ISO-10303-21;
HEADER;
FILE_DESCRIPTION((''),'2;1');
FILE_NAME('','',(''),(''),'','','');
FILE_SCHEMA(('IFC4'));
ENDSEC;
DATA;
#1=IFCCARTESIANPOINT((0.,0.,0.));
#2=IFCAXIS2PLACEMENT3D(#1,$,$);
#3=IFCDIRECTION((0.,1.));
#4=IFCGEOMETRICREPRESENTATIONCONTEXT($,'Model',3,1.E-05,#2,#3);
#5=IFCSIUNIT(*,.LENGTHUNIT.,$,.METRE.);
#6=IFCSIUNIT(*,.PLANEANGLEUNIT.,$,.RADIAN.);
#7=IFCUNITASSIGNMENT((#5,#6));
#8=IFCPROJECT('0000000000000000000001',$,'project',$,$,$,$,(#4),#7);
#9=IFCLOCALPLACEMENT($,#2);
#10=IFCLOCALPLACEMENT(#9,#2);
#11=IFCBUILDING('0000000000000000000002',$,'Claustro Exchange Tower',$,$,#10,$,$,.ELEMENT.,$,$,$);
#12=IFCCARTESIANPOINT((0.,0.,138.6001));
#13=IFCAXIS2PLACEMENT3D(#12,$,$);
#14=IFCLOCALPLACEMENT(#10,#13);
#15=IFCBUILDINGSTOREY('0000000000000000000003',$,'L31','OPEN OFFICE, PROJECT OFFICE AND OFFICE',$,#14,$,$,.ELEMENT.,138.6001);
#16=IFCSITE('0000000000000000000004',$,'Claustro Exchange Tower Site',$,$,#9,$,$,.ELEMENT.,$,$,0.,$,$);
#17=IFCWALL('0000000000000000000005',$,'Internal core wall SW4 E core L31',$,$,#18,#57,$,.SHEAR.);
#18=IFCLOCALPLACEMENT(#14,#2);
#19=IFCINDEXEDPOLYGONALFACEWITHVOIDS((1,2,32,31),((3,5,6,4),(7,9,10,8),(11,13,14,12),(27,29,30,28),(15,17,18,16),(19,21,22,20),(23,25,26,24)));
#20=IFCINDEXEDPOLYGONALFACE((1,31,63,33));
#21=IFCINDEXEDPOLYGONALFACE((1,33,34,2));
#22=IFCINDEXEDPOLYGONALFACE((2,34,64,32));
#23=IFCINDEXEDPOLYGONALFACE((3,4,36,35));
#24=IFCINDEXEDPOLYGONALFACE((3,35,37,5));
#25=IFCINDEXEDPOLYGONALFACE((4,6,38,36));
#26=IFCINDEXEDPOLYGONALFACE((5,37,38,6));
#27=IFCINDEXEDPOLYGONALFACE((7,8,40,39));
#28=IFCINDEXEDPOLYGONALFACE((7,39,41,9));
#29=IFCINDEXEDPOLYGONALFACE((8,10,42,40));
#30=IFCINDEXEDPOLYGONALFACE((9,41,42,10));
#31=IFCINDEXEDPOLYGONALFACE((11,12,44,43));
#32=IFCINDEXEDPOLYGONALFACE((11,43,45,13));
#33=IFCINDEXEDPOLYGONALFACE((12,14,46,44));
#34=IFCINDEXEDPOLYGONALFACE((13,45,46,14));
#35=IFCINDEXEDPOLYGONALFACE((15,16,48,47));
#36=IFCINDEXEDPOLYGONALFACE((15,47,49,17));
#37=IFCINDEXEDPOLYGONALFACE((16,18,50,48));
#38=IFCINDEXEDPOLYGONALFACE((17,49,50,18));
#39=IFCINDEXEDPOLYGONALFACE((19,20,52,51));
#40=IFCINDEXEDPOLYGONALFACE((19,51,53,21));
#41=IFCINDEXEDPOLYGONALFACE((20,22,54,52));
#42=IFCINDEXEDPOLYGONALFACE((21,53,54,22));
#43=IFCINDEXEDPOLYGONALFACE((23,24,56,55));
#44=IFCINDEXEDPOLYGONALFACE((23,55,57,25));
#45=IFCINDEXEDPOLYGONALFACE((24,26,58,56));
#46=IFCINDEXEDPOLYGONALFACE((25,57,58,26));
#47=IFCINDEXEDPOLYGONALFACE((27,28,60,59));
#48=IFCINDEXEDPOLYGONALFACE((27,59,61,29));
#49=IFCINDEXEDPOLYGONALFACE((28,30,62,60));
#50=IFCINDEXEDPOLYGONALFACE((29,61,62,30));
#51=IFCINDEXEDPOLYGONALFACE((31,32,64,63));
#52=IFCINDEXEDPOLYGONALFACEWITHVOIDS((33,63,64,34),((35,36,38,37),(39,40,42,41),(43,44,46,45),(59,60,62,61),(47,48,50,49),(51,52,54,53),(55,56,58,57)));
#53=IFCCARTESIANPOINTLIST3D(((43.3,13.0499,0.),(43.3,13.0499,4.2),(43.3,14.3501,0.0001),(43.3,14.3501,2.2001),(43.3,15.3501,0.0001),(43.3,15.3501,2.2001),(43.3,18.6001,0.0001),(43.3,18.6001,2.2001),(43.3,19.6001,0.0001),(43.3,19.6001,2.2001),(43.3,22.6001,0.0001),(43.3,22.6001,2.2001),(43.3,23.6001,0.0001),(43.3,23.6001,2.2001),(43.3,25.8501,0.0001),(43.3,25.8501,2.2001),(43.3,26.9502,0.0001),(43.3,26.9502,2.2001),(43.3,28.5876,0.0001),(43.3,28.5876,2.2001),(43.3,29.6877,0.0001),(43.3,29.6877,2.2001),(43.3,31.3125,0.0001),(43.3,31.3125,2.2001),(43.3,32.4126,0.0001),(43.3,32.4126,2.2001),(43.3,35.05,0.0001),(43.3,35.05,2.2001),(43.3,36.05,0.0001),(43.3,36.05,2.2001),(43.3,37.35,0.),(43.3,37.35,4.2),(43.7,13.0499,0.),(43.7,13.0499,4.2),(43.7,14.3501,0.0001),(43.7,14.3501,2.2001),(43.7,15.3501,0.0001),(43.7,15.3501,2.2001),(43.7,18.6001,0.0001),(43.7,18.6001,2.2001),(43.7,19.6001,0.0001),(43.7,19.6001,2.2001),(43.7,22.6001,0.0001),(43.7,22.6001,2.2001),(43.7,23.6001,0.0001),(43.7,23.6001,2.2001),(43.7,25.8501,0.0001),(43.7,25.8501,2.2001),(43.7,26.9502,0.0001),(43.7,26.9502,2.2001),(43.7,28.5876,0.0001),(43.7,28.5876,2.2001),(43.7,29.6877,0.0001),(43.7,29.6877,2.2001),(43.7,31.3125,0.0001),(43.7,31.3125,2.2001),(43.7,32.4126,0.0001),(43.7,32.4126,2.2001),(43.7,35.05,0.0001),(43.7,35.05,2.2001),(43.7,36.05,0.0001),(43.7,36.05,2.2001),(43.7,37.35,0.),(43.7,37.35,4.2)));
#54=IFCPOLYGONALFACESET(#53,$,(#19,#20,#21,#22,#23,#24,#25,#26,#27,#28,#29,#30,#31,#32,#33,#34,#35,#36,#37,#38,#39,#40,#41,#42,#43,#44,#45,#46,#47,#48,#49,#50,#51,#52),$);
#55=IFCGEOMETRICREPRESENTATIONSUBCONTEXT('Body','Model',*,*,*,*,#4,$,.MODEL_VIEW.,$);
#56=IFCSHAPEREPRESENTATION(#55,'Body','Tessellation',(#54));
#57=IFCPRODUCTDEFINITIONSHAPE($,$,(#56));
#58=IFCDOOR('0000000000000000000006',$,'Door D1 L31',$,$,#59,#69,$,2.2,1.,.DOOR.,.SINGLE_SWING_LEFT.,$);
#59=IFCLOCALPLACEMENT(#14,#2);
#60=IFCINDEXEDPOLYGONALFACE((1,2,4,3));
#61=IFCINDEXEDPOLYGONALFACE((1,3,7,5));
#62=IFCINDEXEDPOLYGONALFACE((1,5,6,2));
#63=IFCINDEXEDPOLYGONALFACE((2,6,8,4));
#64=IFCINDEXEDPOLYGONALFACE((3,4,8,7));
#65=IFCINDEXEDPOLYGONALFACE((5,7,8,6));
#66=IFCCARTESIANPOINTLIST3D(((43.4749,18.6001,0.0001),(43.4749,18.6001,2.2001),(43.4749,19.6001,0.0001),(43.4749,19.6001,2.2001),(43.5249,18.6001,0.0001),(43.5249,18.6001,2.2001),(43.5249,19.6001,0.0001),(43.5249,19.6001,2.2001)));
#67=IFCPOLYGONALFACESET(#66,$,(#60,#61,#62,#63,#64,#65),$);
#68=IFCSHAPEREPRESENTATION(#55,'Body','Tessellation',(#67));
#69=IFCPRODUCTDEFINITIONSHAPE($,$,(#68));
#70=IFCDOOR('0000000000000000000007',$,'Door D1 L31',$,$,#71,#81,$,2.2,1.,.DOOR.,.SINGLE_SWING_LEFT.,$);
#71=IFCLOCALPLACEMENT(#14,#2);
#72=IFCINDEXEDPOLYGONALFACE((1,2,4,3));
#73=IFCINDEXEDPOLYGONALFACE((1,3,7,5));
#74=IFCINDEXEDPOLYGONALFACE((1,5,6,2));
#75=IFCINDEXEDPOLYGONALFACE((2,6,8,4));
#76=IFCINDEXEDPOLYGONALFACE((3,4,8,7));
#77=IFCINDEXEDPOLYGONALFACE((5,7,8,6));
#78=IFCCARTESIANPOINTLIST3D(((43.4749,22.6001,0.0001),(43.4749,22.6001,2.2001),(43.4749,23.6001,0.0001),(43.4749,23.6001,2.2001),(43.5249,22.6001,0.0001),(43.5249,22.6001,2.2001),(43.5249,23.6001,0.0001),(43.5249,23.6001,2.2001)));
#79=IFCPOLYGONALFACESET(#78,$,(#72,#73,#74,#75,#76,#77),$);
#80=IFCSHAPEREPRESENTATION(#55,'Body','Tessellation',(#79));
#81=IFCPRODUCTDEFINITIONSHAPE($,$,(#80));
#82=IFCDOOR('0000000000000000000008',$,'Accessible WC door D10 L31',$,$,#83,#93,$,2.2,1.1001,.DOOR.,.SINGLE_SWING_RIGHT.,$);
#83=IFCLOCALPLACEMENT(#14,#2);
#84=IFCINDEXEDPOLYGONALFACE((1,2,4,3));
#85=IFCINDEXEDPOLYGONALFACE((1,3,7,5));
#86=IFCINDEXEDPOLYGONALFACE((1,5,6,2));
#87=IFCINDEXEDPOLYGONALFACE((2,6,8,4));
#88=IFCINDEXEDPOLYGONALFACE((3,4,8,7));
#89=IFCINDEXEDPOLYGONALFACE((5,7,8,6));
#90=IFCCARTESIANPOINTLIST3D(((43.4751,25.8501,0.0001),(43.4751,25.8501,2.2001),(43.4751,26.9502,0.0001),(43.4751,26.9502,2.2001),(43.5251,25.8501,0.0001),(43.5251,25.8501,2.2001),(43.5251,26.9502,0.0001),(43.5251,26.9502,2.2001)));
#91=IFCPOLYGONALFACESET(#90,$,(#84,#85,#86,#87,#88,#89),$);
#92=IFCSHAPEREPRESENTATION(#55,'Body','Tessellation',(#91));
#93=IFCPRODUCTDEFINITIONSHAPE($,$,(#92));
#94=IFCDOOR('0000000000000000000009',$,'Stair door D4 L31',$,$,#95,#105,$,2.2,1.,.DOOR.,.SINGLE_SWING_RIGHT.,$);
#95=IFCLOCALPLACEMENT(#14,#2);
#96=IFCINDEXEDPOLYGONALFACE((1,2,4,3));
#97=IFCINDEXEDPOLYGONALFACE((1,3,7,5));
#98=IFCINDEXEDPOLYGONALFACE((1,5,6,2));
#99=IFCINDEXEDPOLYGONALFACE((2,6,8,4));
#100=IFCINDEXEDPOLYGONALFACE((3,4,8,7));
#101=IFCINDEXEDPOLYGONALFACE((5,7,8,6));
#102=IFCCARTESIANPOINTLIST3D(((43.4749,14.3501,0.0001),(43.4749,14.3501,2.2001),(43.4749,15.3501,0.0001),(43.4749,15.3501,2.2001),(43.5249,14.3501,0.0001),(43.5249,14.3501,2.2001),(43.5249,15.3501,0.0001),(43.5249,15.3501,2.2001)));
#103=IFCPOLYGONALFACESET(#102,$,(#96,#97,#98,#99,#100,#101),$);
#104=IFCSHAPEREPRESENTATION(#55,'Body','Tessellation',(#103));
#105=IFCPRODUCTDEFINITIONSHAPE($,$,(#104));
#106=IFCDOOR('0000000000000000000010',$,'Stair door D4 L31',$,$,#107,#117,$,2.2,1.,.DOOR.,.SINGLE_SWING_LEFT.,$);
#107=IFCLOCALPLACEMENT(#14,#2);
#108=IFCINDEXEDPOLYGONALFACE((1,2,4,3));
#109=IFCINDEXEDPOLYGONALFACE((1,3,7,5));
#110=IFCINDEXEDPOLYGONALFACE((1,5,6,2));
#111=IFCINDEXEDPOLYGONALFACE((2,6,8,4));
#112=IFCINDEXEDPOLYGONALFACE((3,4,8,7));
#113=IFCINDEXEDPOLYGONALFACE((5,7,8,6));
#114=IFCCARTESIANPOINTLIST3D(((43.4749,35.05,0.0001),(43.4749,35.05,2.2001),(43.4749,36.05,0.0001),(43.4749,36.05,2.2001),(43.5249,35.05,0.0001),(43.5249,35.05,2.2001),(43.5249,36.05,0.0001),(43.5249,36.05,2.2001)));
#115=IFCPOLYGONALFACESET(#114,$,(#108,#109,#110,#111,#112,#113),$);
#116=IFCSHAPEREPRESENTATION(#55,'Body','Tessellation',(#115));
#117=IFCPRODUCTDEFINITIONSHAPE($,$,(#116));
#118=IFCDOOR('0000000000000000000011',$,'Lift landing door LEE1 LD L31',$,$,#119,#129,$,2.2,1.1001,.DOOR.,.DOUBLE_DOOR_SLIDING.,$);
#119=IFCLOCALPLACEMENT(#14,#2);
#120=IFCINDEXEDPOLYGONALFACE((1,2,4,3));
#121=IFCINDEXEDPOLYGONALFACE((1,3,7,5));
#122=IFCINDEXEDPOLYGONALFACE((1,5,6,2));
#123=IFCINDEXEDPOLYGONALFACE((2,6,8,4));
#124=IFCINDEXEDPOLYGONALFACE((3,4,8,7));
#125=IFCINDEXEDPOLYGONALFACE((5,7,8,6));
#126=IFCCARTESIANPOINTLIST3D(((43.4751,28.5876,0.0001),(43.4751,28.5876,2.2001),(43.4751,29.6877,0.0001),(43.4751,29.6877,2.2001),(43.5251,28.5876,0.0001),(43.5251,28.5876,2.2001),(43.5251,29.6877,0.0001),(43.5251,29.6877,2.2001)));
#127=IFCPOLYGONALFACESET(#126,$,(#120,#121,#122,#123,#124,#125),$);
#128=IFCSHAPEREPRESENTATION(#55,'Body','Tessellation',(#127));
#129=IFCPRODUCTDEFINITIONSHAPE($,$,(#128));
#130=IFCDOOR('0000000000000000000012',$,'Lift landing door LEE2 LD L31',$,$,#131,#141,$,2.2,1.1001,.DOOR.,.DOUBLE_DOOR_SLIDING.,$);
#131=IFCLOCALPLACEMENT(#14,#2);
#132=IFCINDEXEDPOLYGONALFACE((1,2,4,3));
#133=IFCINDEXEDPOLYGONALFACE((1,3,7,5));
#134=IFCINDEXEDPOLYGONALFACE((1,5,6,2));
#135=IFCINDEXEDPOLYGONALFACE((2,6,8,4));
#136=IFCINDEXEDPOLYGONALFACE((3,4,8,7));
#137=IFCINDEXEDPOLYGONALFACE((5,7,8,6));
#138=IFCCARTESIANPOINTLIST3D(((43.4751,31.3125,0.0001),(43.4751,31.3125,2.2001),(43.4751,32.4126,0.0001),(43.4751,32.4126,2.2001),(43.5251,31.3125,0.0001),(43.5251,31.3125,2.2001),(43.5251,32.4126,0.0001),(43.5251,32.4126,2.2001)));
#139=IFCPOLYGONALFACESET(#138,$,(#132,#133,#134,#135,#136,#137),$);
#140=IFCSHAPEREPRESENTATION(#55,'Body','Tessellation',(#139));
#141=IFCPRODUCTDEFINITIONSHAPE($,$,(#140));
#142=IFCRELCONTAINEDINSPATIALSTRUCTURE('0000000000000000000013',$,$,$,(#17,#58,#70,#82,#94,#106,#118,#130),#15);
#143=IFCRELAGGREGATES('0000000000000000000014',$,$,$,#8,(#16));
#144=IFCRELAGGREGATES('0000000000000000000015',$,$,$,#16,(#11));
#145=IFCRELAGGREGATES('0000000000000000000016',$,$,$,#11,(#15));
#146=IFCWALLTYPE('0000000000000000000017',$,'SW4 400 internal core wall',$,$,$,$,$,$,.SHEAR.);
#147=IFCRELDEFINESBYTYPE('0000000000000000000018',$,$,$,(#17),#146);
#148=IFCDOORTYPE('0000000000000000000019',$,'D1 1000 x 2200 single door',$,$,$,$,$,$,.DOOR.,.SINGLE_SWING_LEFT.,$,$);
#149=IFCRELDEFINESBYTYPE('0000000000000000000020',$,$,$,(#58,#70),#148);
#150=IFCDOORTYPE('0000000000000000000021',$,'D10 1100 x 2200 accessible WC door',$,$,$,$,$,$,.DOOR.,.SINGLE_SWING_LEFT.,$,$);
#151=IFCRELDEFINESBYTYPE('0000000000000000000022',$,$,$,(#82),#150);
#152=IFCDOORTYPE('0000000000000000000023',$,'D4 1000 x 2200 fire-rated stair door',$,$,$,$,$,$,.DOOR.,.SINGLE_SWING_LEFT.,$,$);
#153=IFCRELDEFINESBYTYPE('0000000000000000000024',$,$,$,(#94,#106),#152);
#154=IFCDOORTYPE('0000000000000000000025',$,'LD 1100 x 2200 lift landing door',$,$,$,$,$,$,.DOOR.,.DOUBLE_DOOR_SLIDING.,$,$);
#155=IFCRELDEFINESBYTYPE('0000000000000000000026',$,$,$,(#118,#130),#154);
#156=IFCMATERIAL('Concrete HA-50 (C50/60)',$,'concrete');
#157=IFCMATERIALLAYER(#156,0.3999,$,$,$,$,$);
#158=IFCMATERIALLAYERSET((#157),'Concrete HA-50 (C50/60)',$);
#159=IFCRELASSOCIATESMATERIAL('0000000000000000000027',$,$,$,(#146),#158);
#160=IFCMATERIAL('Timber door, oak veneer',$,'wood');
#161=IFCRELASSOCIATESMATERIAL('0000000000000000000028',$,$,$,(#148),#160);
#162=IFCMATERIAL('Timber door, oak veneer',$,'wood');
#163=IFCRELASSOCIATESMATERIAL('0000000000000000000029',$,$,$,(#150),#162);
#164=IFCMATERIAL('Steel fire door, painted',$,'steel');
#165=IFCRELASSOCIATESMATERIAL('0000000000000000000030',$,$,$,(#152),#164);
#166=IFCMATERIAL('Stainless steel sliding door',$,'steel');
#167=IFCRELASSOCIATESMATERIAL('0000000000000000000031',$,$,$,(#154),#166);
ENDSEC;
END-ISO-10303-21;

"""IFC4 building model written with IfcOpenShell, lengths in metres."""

from ifc_helpers import new_model, si_unit, direction, frame, frame_2d, origin, place, context, subcontext, project, spatial, rectangle, extrude, material, layer, layer_set, type_object, element, fill, save


model = new_model("IFC4")

# Units and contexts
model_context = context("Model", 3, precision=1e-05, world=origin(), true_north=direction((0.0, 1.0)))
body_context = subcontext(model_context, "Body", "Model", "MODEL_VIEW")
ifc_project = project(units=[si_unit("LENGTHUNIT", "METRE"), si_unit("PLANEANGLEUNIT", "RADIAN")], contexts=[model_context])

# Site, building, storey
site_placement = place(None, origin())
site = spatial("IfcSite", under=ifc_project, at=site_placement, Name="Claustro Exchange Tower Site", CompositionType="ELEMENT", RefElevation=0.0)
building_placement = place(site_placement, origin())
building = spatial("IfcBuilding", under=site, at=building_placement, Name="Claustro Exchange Tower", CompositionType="ELEMENT")
storey_placement = place(building_placement, frame((0.0, 0.0, 138.6001)))
storey = spatial("IfcBuildingStorey", under=building, at=storey_placement, Name="L31", Description="OPEN OFFICE, PROJECT OFFICE AND OFFICE", CompositionType="ELEMENT", Elevation=138.6001)

# Wall, openings, doors
ifc_material_1 = material(Name="Concrete HA-50 (C50/60)", Category="concrete")
ifc_layer_1 = layer(ifc_material_1, 0.3999)
ifc_layer_set_1 = layer_set([ifc_layer_1], Name="Concrete HA-50 (C50/60)")
wall_type_1 = type_object("IfcWallType", Name="SW4 400 internal core wall", PredefinedType="SHEAR", material=ifc_layer_set_1)
wall_1_placement = place(storey_placement, frame((43.5, 13.05, 0.0), z_axis=(0.0, 0.0, 1.0), x_axis=(0.0, 1.0, 0.0)))
wall_1 = element("IfcWall", 1, at=wall_1_placement, inside=storey, type_object=wall_type_1, Name="Internal core wall SW4 E core L31", PredefinedType="SHEAR", context=body_context, shape_type="SweptSolid", body=[
    extrude(rectangle(XDim=24.3, YDim=0.3999, at=frame_2d((12.1499, 0.0))), origin(), (0.0, 0.0, 1.0), 4.2),
])
opening_1_placement = place(wall_1_placement, frame((1.3, 0.0, 0.0)))
opening_1 = element("IfcOpeningElement", 2, at=opening_1_placement, cuts=wall_1, PredefinedType="OPENING", context=body_context, shape_type="SweptSolid", body=[
    extrude(rectangle(XDim=1.0, YDim=2.2, at=frame_2d((0.5, 1.1001))), frame((0.0, 0.21, 0.0), z_axis=(0.0, -1.0, 0.0), x_axis=(1.0, 0.0, 0.0)), (0.0, 0.0, 1.0), 0.4199),
])
opening_2_placement = place(wall_1_placement, frame((22.0, 0.0, 0.0)))
opening_2 = element("IfcOpeningElement", 3, at=opening_2_placement, cuts=wall_1, PredefinedType="OPENING", context=body_context, shape_type="SweptSolid", body=[
    extrude(rectangle(XDim=1.0, YDim=2.2, at=frame_2d((0.5, 1.1001))), frame((0.0, 0.21, 0.0), z_axis=(0.0, -1.0, 0.0), x_axis=(1.0, 0.0, 0.0)), (0.0, 0.0, 1.0), 0.4199),
])
opening_3_placement = place(wall_1_placement, frame((5.55, 0.0, 0.0)))
opening_3 = element("IfcOpeningElement", 4, at=opening_3_placement, cuts=wall_1, PredefinedType="OPENING", context=body_context, shape_type="SweptSolid", body=[
    extrude(rectangle(XDim=1.0, YDim=2.2, at=frame_2d((0.5, 1.1001))), frame((0.0, 0.21, 0.0), z_axis=(0.0, -1.0, 0.0), x_axis=(1.0, 0.0, 0.0)), (0.0, 0.0, 1.0), 0.4199),
])
opening_4_placement = place(wall_1_placement, frame((9.55, 0.0, 0.0)))
opening_4 = element("IfcOpeningElement", 5, at=opening_4_placement, cuts=wall_1, PredefinedType="OPENING", context=body_context, shape_type="SweptSolid", body=[
    extrude(rectangle(XDim=1.0, YDim=2.2, at=frame_2d((0.5, 1.1001))), frame((0.0, 0.21, 0.0), z_axis=(0.0, -1.0, 0.0), x_axis=(1.0, 0.0, 0.0)), (0.0, 0.0, 1.0), 0.4199),
])
opening_5_placement = place(wall_1_placement, frame((12.8, 0.0, 0.0)))
opening_5 = element("IfcOpeningElement", 6, at=opening_5_placement, cuts=wall_1, PredefinedType="OPENING", context=body_context, shape_type="SweptSolid", body=[
    extrude(rectangle(XDim=1.1001, YDim=2.2, at=frame_2d((0.55, 1.1001))), frame((0.0, 0.21, 0.0), z_axis=(0.0, -1.0, 0.0), x_axis=(1.0, 0.0, 0.0)), (0.0, 0.0, 1.0), 0.4199),
])
opening_6_placement = place(wall_1_placement, frame((15.5376, 0.0, 0.0)))
opening_6 = element("IfcOpeningElement", 7, at=opening_6_placement, cuts=wall_1, PredefinedType="OPENING", context=body_context, shape_type="SweptSolid", body=[
    extrude(rectangle(XDim=1.1001, YDim=2.2, at=frame_2d((0.55, 1.1001))), frame((0.0, 0.21, 0.0), z_axis=(0.0, -1.0, 0.0), x_axis=(1.0, 0.0, 0.0)), (0.0, 0.0, 1.0), 0.4199),
])
opening_7_placement = place(wall_1_placement, frame((18.2625, 0.0, 0.0)))
opening_7 = element("IfcOpeningElement", 8, at=opening_7_placement, cuts=wall_1, PredefinedType="OPENING", context=body_context, shape_type="SweptSolid", body=[
    extrude(rectangle(XDim=1.1001, YDim=2.2, at=frame_2d((0.55, 1.1001))), frame((0.0, 0.21, 0.0), z_axis=(0.0, -1.0, 0.0), x_axis=(1.0, 0.0, 0.0)), (0.0, 0.0, 1.0), 0.4199),
])
ifc_material_2 = material(Name="Timber door, oak veneer", Category="wood")
door_type_1 = type_object("IfcDoorType", Name="D1 1000 x 2200 single door", OperationType="SINGLE_SWING_LEFT", PredefinedType="DOOR", material=ifc_material_2)
door_1_placement = place(opening_3_placement, frame((1.0, 0.0, 0.0), z_axis=(0.0, 0.0, 1.0), x_axis=(-1.0, 0.0, 0.0)))
door_1 = element("IfcDoor", 9, at=door_1_placement, inside=storey, type_object=door_type_1, Name="Door D1 L31", OperationType="SINGLE_SWING_LEFT", OverallHeight=2.2, OverallWidth=1.0, PredefinedType="DOOR", context=body_context, shape_type="SweptSolid", body=[
    extrude(rectangle(XDim=1.0, YDim=2.2, at=frame_2d((0.5, 1.1001))), frame((0.0, 0.0249, 0.0), z_axis=(0.0, -1.0, 0.0), x_axis=(1.0, 0.0, 0.0)), (0.0, 0.0, 1.0), 0.05),
])
fill(opening_3, door_1)
door_2_placement = place(opening_4_placement, frame((1.0, 0.0, 0.0), z_axis=(0.0, 0.0, 1.0), x_axis=(-1.0, 0.0, 0.0)))
door_2 = element("IfcDoor", 10, at=door_2_placement, inside=storey, type_object=door_type_1, Name="Door D1 L31", OperationType="SINGLE_SWING_LEFT", OverallHeight=2.2, OverallWidth=1.0, PredefinedType="DOOR", context=body_context, shape_type="SweptSolid", body=[
    extrude(rectangle(XDim=1.0, YDim=2.2, at=frame_2d((0.5, 1.1001))), frame((0.0, 0.0249, 0.0), z_axis=(0.0, -1.0, 0.0), x_axis=(1.0, 0.0, 0.0)), (0.0, 0.0, 1.0), 0.05),
])
fill(opening_4, door_2)
ifc_material_3 = material(Name="Timber door, oak veneer", Category="wood")
door_type_2 = type_object("IfcDoorType", Name="D10 1100 x 2200 accessible WC door", OperationType="SINGLE_SWING_LEFT", PredefinedType="DOOR", material=ifc_material_3)
door_3_placement = place(opening_5_placement, origin())
door_3 = element("IfcDoor", 11, at=door_3_placement, inside=storey, type_object=door_type_2, Name="Accessible WC door D10 L31", OperationType="SINGLE_SWING_RIGHT", OverallHeight=2.2, OverallWidth=1.1001, PredefinedType="DOOR", context=body_context, shape_type="SweptSolid", body=[
    extrude(rectangle(XDim=1.1001, YDim=2.2, at=frame_2d((0.55, 1.1001))), frame((0.0, 0.0249, 0.0), z_axis=(0.0, -1.0, 0.0), x_axis=(1.0, 0.0, 0.0)), (0.0, 0.0, 1.0), 0.05),
])
fill(opening_5, door_3)
ifc_material_4 = material(Name="Steel fire door, painted", Category="steel")
door_type_3 = type_object("IfcDoorType", Name="D4 1000 x 2200 fire-rated stair door", OperationType="SINGLE_SWING_LEFT", PredefinedType="DOOR", material=ifc_material_4)
door_4_placement = place(opening_1_placement, frame((1.0, 0.0, 0.0), z_axis=(0.0, 0.0, 1.0), x_axis=(-1.0, 0.0, 0.0)))
door_4 = element("IfcDoor", 12, at=door_4_placement, inside=storey, type_object=door_type_3, Name="Stair door D4 L31", OperationType="SINGLE_SWING_RIGHT", OverallHeight=2.2, OverallWidth=1.0, PredefinedType="DOOR", context=body_context, shape_type="SweptSolid", body=[
    extrude(rectangle(XDim=1.0, YDim=2.2, at=frame_2d((0.5, 1.1001))), frame((0.0, 0.0249, 0.0), z_axis=(0.0, -1.0, 0.0), x_axis=(1.0, 0.0, 0.0)), (0.0, 0.0, 1.0), 0.05),
])
fill(opening_1, door_4)
door_5_placement = place(opening_2_placement, frame((1.0, 0.0, 0.0), z_axis=(0.0, 0.0, 1.0), x_axis=(-1.0, 0.0, 0.0)))
door_5 = element("IfcDoor", 13, at=door_5_placement, inside=storey, type_object=door_type_3, Name="Stair door D4 L31", OperationType="SINGLE_SWING_LEFT", OverallHeight=2.2, OverallWidth=1.0, PredefinedType="DOOR", context=body_context, shape_type="SweptSolid", body=[
    extrude(rectangle(XDim=1.0, YDim=2.2, at=frame_2d((0.5, 1.1001))), frame((0.0, 0.0249, 0.0), z_axis=(0.0, -1.0, 0.0), x_axis=(1.0, 0.0, 0.0)), (0.0, 0.0, 1.0), 0.05),
])
fill(opening_2, door_5)
ifc_material_5 = material(Name="Stainless steel sliding door", Category="steel")
door_type_4 = type_object("IfcDoorType", Name="LD 1100 x 2200 lift landing door", OperationType="DOUBLE_DOOR_SLIDING", PredefinedType="DOOR", material=ifc_material_5)
door_6_placement = place(opening_6_placement, origin())
door_6 = element("IfcDoor", 14, at=door_6_placement, inside=storey, type_object=door_type_4, Name="Lift landing door LEE1 LD L31", OperationType="DOUBLE_DOOR_SLIDING", OverallHeight=2.2, OverallWidth=1.1001, PredefinedType="DOOR", context=body_context, shape_type="SweptSolid", body=[
    extrude(rectangle(XDim=1.1001, YDim=2.2, at=frame_2d((0.55, 1.1001))), frame((0.0, 0.0249, 0.0), z_axis=(0.0, -1.0, 0.0), x_axis=(1.0, 0.0, 0.0)), (0.0, 0.0, 1.0), 0.05),
])
fill(opening_6, door_6)
door_7_placement = place(opening_7_placement, origin())
door_7 = element("IfcDoor", 15, at=door_7_placement, inside=storey, type_object=door_type_4, Name="Lift landing door LEE2 LD L31", OperationType="DOUBLE_DOOR_SLIDING", OverallHeight=2.2, OverallWidth=1.1001, PredefinedType="DOOR", context=body_context, shape_type="SweptSolid", body=[
    extrude(rectangle(XDim=1.1001, YDim=2.2, at=frame_2d((0.55, 1.1001))), frame((0.0, 0.0249, 0.0), z_axis=(0.0, -1.0, 0.0), x_axis=(1.0, 0.0, 0.0)), (0.0, 0.0, 1.0), 0.05),
])
fill(opening_7, door_7)

save(model, "model.ifc")
